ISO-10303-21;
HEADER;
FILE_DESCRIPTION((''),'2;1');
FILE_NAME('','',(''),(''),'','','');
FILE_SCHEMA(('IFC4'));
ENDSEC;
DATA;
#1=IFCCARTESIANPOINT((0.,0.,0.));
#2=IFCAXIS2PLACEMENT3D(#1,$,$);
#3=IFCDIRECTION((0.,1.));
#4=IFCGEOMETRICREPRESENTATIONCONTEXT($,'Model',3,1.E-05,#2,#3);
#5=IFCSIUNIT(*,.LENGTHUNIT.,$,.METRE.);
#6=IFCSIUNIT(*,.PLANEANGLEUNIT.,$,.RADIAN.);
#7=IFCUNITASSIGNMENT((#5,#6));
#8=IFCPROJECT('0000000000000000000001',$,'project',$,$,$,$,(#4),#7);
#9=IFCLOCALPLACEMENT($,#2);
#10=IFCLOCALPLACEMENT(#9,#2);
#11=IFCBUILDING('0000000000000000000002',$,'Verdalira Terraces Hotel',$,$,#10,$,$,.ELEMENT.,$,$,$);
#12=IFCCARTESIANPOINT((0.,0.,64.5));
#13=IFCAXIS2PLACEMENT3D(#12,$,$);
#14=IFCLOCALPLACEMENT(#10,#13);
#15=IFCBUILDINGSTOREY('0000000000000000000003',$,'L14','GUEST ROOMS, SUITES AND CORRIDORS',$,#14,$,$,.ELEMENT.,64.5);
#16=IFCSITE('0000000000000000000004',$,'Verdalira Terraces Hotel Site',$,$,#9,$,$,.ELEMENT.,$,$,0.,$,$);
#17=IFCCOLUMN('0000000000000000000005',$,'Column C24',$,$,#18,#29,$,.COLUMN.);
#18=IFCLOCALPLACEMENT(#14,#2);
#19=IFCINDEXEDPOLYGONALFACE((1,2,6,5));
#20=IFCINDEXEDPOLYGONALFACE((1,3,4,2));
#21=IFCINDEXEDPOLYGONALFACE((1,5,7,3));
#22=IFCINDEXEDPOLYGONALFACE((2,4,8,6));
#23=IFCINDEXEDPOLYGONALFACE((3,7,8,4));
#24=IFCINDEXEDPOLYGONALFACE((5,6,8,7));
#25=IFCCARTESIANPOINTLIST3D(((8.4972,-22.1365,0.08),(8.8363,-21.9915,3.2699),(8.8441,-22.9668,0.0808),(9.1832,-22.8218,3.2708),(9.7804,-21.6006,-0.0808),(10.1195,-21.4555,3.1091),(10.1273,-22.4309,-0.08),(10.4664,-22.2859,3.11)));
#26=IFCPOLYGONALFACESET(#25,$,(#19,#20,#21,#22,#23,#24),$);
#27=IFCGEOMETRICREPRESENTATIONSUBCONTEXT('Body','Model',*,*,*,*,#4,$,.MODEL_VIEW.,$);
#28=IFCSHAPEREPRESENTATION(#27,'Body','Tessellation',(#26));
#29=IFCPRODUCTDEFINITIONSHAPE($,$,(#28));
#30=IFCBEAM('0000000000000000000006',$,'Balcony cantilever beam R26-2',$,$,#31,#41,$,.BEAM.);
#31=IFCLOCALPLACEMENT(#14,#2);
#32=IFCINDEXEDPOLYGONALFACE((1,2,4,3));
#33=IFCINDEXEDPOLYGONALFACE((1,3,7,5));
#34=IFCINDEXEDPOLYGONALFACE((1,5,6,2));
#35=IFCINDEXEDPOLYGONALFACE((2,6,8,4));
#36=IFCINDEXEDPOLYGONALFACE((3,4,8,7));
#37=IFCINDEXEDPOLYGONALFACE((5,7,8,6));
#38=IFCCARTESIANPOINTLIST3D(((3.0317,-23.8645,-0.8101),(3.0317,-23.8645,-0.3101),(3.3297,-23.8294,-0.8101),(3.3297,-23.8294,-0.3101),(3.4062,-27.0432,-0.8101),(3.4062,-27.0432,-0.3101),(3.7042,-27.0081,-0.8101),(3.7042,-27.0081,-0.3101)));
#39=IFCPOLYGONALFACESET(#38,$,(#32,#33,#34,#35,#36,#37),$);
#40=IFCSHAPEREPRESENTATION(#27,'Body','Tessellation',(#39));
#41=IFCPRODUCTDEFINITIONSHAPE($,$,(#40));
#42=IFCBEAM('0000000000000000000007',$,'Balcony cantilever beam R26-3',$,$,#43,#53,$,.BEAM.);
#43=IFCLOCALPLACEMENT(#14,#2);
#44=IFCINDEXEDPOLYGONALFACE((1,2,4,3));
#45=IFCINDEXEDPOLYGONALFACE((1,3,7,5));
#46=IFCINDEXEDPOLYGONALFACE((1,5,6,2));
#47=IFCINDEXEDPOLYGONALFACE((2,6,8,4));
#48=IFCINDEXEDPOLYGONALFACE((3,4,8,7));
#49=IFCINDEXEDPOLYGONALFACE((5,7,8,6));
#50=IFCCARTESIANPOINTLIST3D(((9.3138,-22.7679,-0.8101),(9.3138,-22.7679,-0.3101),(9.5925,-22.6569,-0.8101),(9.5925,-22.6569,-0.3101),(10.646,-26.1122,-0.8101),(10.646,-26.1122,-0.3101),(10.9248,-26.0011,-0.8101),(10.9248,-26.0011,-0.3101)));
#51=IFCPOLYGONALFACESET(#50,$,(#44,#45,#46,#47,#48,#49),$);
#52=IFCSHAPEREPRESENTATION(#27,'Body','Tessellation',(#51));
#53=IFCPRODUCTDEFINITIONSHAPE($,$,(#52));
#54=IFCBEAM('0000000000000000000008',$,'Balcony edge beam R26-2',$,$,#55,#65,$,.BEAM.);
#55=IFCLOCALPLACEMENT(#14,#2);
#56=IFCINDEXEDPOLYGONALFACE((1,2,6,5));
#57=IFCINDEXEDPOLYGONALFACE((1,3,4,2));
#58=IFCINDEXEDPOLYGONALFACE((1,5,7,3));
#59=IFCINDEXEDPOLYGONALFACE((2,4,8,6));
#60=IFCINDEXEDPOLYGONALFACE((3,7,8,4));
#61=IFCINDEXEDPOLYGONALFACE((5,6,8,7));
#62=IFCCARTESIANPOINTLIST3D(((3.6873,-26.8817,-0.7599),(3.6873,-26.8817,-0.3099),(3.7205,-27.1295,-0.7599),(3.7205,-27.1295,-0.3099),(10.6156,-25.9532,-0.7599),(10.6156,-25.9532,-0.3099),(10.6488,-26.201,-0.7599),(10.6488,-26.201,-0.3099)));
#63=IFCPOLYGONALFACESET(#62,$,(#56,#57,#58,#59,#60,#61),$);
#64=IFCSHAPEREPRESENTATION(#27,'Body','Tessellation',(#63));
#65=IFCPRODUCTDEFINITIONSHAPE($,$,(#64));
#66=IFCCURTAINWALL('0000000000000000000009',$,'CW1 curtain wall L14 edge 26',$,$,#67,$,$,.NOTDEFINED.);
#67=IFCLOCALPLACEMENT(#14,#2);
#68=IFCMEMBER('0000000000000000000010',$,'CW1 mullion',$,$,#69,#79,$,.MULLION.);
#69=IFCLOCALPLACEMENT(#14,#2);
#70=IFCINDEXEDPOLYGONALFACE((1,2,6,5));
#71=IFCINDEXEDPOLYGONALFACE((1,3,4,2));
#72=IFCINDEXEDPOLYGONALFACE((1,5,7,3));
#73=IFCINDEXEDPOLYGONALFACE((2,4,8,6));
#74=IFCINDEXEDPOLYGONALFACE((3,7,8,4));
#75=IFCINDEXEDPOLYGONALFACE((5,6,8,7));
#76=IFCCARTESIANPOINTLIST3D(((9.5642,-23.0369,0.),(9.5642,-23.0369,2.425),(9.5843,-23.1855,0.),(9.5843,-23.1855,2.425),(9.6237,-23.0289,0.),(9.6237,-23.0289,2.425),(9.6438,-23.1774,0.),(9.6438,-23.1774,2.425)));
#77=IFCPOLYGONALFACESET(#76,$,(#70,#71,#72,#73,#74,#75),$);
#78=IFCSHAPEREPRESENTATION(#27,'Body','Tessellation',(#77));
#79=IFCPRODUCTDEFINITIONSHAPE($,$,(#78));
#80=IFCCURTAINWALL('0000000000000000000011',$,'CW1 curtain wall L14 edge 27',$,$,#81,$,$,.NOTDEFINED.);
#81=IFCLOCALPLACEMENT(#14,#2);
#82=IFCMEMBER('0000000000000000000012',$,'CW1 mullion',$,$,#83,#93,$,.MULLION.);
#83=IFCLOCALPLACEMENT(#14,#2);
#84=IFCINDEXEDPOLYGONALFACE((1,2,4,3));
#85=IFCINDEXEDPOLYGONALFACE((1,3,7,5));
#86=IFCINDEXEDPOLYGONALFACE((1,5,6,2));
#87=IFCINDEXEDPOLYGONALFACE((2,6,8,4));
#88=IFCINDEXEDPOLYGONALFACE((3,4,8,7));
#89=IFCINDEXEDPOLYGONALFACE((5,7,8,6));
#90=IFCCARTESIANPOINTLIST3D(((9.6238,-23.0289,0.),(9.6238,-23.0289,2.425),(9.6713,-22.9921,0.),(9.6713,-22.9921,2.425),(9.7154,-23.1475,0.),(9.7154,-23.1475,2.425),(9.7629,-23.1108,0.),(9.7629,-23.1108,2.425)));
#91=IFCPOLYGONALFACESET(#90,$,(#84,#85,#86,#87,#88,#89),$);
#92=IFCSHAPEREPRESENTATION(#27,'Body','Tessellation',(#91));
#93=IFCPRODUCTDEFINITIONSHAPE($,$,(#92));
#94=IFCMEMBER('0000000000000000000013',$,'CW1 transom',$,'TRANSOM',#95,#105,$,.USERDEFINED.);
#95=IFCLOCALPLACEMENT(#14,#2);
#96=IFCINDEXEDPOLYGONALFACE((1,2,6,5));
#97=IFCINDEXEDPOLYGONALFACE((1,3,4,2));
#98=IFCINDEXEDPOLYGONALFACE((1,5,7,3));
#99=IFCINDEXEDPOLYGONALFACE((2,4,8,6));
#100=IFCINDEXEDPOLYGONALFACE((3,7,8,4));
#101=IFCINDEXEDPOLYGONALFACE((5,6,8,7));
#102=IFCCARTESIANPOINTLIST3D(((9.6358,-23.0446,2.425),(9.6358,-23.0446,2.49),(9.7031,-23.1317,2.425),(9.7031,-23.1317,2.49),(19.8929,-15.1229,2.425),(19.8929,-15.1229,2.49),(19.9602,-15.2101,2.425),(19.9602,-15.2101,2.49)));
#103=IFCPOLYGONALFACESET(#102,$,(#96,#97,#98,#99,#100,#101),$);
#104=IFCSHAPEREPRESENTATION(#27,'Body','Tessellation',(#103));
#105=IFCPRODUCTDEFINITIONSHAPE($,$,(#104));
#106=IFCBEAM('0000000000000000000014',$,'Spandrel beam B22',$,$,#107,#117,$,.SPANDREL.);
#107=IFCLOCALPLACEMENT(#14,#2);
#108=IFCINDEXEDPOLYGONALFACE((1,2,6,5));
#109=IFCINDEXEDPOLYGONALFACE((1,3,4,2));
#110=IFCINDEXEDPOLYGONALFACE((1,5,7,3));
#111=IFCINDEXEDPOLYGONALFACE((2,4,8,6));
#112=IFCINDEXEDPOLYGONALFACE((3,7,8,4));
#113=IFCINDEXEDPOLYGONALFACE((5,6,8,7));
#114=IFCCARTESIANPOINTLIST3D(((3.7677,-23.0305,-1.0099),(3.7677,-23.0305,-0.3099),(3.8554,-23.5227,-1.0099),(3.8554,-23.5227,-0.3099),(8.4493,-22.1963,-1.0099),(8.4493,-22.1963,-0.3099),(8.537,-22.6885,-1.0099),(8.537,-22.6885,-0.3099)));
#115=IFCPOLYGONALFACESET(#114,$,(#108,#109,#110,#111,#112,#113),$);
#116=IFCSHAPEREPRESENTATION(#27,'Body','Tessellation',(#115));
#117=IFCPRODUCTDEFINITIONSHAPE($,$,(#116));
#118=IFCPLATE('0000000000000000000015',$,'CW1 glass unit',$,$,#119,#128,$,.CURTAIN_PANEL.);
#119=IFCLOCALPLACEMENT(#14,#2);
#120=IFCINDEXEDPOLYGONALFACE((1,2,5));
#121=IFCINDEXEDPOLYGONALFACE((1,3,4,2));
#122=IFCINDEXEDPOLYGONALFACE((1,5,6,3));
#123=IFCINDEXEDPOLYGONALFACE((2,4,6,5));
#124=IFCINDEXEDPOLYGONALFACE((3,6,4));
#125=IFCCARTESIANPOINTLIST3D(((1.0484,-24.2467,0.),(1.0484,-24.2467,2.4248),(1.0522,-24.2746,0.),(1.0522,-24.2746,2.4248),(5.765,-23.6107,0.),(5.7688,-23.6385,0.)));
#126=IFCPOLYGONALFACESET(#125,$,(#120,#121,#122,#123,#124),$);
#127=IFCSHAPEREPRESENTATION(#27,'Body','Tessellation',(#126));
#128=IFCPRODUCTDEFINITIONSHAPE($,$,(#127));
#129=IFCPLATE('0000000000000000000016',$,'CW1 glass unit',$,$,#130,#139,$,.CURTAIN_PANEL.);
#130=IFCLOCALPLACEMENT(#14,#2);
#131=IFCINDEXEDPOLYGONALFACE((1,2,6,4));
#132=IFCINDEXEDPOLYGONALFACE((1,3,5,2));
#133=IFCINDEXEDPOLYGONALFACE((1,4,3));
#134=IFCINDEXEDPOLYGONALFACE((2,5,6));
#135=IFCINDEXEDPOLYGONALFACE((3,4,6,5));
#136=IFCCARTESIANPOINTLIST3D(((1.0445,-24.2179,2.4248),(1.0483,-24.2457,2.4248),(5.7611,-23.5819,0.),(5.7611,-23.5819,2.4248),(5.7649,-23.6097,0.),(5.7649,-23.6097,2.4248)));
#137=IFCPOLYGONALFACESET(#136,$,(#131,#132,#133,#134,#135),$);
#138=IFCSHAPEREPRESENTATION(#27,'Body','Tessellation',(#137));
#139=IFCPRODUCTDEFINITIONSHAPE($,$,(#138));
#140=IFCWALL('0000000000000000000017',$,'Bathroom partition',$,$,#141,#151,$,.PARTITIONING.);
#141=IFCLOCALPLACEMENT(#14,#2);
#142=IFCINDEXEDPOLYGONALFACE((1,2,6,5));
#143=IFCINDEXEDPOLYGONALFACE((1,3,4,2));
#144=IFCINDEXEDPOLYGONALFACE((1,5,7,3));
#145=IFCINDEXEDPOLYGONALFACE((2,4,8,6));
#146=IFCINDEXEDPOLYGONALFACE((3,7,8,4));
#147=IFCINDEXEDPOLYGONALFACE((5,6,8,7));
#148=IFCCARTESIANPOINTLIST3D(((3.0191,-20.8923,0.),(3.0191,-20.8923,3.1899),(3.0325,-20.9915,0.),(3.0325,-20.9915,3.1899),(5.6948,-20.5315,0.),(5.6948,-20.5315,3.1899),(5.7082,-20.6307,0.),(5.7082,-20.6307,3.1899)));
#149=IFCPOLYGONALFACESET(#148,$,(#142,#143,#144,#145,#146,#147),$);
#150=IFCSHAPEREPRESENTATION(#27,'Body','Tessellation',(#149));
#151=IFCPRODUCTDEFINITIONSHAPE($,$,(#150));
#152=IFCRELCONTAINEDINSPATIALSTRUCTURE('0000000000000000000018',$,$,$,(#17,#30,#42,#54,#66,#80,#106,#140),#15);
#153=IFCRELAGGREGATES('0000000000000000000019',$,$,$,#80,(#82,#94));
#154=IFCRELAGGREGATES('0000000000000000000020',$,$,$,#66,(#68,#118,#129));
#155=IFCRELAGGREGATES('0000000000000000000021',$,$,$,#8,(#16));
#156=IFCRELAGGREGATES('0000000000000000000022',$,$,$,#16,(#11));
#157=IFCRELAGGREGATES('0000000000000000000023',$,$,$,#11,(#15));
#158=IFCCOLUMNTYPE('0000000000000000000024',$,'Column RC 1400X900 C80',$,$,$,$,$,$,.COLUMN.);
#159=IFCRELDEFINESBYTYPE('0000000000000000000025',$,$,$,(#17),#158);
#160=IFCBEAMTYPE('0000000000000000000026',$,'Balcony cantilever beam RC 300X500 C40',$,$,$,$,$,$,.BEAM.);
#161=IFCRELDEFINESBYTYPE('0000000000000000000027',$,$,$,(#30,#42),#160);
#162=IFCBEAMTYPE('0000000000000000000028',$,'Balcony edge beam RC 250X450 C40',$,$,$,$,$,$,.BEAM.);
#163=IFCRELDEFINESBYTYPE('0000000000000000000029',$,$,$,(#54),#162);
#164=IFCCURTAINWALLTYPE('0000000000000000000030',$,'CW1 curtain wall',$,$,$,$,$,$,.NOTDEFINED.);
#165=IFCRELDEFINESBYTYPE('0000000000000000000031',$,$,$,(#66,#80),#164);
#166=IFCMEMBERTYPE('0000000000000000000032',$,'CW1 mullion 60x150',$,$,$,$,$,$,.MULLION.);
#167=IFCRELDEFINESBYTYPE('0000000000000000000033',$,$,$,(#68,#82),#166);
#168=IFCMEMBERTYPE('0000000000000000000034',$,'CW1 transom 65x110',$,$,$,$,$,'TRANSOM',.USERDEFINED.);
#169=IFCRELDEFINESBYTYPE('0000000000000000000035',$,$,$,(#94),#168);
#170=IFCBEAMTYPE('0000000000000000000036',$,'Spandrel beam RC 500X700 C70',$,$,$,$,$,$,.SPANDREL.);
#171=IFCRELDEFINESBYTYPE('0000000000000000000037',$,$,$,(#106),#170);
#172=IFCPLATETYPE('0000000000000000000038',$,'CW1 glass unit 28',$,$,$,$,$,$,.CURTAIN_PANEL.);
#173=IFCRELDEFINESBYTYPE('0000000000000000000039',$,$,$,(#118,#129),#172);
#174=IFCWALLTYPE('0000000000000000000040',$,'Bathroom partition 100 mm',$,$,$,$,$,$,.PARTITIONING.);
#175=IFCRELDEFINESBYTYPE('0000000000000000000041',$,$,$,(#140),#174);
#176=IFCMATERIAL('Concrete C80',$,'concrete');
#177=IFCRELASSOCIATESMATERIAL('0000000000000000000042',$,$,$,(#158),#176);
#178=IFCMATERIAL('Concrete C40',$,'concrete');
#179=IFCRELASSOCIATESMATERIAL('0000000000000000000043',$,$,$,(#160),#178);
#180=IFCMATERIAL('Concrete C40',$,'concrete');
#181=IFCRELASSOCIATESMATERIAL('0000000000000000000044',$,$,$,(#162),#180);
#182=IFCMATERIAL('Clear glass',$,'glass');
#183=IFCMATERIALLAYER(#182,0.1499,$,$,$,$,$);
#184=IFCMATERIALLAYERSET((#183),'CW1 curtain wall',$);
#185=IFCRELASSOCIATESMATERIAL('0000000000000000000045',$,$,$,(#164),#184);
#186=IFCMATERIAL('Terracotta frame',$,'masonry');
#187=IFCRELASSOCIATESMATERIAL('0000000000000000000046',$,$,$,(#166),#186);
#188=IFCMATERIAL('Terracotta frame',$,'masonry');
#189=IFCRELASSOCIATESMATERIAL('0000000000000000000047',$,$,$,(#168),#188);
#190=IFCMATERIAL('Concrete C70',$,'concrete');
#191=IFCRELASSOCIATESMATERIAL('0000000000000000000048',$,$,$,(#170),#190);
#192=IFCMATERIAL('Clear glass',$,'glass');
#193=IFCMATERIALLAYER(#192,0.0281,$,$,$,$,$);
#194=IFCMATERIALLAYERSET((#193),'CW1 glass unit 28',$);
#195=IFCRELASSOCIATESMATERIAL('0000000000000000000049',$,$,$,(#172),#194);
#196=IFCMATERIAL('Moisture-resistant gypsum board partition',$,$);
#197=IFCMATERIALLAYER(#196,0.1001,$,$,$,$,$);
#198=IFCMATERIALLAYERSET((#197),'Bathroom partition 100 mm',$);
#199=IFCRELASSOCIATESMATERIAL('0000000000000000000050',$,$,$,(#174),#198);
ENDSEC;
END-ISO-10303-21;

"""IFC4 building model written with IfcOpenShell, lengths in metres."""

from ifc_helpers import new_model, si_unit, direction, frame, frame_2d, origin, origin_2d, place, context, subcontext, project, spatial, polyline, rectangle, outline, extrude, material, layer, layer_set, material_profile, profile_set, type_object, element, aggregate, save


model = new_model("IFC4")

# Units and contexts
model_context = context("Model", 3, precision=1e-05, world=origin(), true_north=direction((0.0, 1.0)))
body_context = subcontext(model_context, "Body", "Model", "MODEL_VIEW")
ifc_project = project(units=[si_unit("LENGTHUNIT", "METRE"), si_unit("PLANEANGLEUNIT", "RADIAN")], contexts=[model_context])

# Site, building, storey
site_placement = place(None, origin())
site = spatial("IfcSite", under=ifc_project, at=site_placement, Name="Verdalira Terraces Hotel Site", CompositionType="ELEMENT", RefElevation=0.0)
building_placement = place(site_placement, origin())
building = spatial("IfcBuilding", under=site, at=building_placement, Name="Verdalira Terraces Hotel", CompositionType="ELEMENT")
storey_placement = place(building_placement, frame((0.0, 0.0, 64.5)))
storey = spatial("IfcBuildingStorey", under=building, at=storey_placement, Name="L14", Description="GUEST ROOMS, SUITES AND CORRIDORS", CompositionType="ELEMENT", Elevation=64.5)

# Column
ifc_material_1 = material(Name="Concrete C80", Category="concrete")
ifc_material_profile_1 = material_profile(ifc_material_1, rectangle(XDim=1.3999, YDim=0.8999, at=origin_2d()), Name="RC 1400X900")
ifc_profile_set_1 = profile_set([ifc_material_profile_1], Name="Concrete C80")
column_type = type_object("IfcColumnType", Name="Column RC 1400X900 C80", PredefinedType="COLUMN", material=ifc_profile_set_1)
column_placement = place(storey_placement, frame((9.3123, -22.2837, 0.0), z_axis=(0.105603, 0.045161, 0.993382), x_axis=(-0.916652, -0.38283, 0.11485)))
element("IfcColumn", 1, at=column_placement, inside=storey, type_object=column_type, Name="Column C24", PredefinedType="COLUMN", context=body_context, shape_type="SweptSolid", body=[
    extrude(rectangle(XDim=1.3999, YDim=0.8999, at=origin_2d()), origin(), (0.0, 0.0, 1.0), 3.2112),
])

# Beams
ifc_material_2 = material(Name="Concrete C40", Category="concrete")
ifc_material_profile_2 = material_profile(ifc_material_2, rectangle(XDim=0.3, YDim=0.5, at=origin_2d()), Name="RC 300X500")
ifc_profile_set_2 = profile_set([ifc_material_profile_2], Name="Concrete C40")
beam_type_1 = type_object("IfcBeamType", Name="Balcony cantilever beam RC 300X500 C40", PredefinedType="BEAM", material=ifc_profile_set_2)
beam_1_placement = place(storey_placement, frame((3.1807, -23.8469, -0.5601), z_axis=(0.117009, -0.993131, 0.0), x_axis=(0.993131, 0.117009, 0.0)))
element("IfcBeam", 2, at=beam_1_placement, inside=storey, type_object=beam_type_1, Name="Balcony cantilever beam R26-2", PredefinedType="BEAM", context=body_context, shape_type="SweptSolid", body=[
    extrude(rectangle(XDim=0.3, YDim=0.5, at=origin_2d()), origin(), (0.0, 0.0, 1.0), 3.2007),
])
beam_2_placement = place(storey_placement, frame((9.4531, -22.7124, -0.5601), z_axis=(0.370092, -0.928995, 0.0), x_axis=(0.928995, 0.370092, 0.0)))
element("IfcBeam", 3, at=beam_2_placement, inside=storey, type_object=beam_type_1, Name="Balcony cantilever beam R26-3", PredefinedType="BEAM", context=body_context, shape_type="SweptSolid", body=[
    extrude(rectangle(XDim=0.3, YDim=0.5, at=origin_2d()), origin(), (0.0, 0.0, 1.0), 3.5999),
])
ifc_material_3 = material(Name="Concrete C40", Category="concrete")
ifc_material_profile_3 = material_profile(ifc_material_3, rectangle(XDim=0.25, YDim=0.45, at=origin_2d()), Name="RC 250X450")
ifc_profile_set_3 = profile_set([ifc_material_profile_3], Name="Concrete C40")
beam_type_2 = type_object("IfcBeamType", Name="Balcony edge beam RC 250X450 C40", PredefinedType="BEAM", material=ifc_profile_set_3)
beam_3_placement = place(storey_placement, frame((3.7039, -27.0056, -0.5349), z_axis=(0.99114, 0.132825, 0.0), x_axis=(-0.132825, 0.99114, 0.0)))
element("IfcBeam", 4, at=beam_3_placement, inside=storey, type_object=beam_type_2, Name="Balcony edge beam R26-2", PredefinedType="BEAM", context=body_context, shape_type="SweptSolid", body=[
    extrude(rectangle(XDim=0.25, YDim=0.45, at=origin_2d()), origin(), (0.0, 0.0, 1.0), 6.9902),
])

# Curtain wall, member
ifc_material_4 = material(Name="Clear glass", Category="glass")
ifc_layer_1 = layer(ifc_material_4, 0.1499)
ifc_layer_set_1 = layer_set([ifc_layer_1], Name="CW1 curtain wall")
curtain_wall_type = type_object("IfcCurtainWallType", Name="CW1 curtain wall", PredefinedType="NOTDEFINED", material=ifc_layer_set_1)
curtain_wall_1_placement = place(storey_placement, origin())
curtain_wall_1 = element("IfcCurtainWall", 5, at=curtain_wall_1_placement, inside=storey, type_object=curtain_wall_type, Name="CW1 curtain wall L14 edge 26", PredefinedType="NOTDEFINED")
ifc_material_5 = material(Name="Terracotta frame", Category="masonry")
ifc_material_profile_4 = material_profile(ifc_material_5, rectangle(XDim=0.0601, YDim=0.1499, at=origin_2d()), Name="MU 60x150")
ifc_profile_set_4 = profile_set([ifc_material_profile_4], Name="Terracotta frame")
member_type_1 = type_object("IfcMemberType", Name="CW1 mullion 60x150", PredefinedType="MULLION", material=ifc_profile_set_4)
member_1_placement = place(storey_placement, frame((9.604, -23.1072, 0.0), z_axis=(0.0, 0.0, 1.0), x_axis=(0.99103, 0.13364, 0.0)))
member_1 = element("IfcMember", 6, at=member_1_placement, type_object=member_type_1, Name="CW1 mullion", PredefinedType="MULLION", context=body_context, shape_type="SweptSolid", body=[
    extrude(rectangle(XDim=0.0601, YDim=0.1499, at=origin_2d()), origin(), (0.0, 0.0, 1.0), 2.425),
])

# Curtain wall, members
curtain_wall_2_placement = place(storey_placement, origin())
curtain_wall_2 = element("IfcCurtainWall", 7, at=curtain_wall_2_placement, inside=storey, type_object=curtain_wall_type, Name="CW1 curtain wall L14 edge 27", PredefinedType="NOTDEFINED")
member_2_placement = place(storey_placement, frame((9.6934, -23.0698, 0.0), z_axis=(0.0, 0.0, 1.0), x_axis=(0.791437, 0.611251, 0.0)))
member_2 = element("IfcMember", 8, at=member_2_placement, type_object=member_type_1, Name="CW1 mullion", PredefinedType="MULLION", context=body_context, shape_type="SweptSolid", body=[
    extrude(rectangle(XDim=0.0601, YDim=0.1499, at=origin_2d()), origin(), (0.0, 0.0, 1.0), 2.425),
])
ifc_material_6 = material(Name="Terracotta frame", Category="masonry")
ifc_material_profile_5 = material_profile(ifc_material_6, rectangle(XDim=0.1101, YDim=0.0649, at=origin_2d()), Name="TR 65x110")
ifc_profile_set_5 = profile_set([ifc_material_profile_5], Name="Terracotta frame")
member_type_2 = type_object("IfcMemberType", Name="CW1 transom 65x110", ElementType="TRANSOM", PredefinedType="USERDEFINED", material=ifc_profile_set_5)
member_3_placement = place(storey_placement, frame((9.6694, -23.0881, 2.4575), z_axis=(0.791445, 0.61124, 0.0), x_axis=(-0.61124, 0.791445, 0.0)))
member_3 = element("IfcMember", 9, at=member_3_placement, type_object=member_type_2, Name="CW1 transom", ObjectType="TRANSOM", PredefinedType="USERDEFINED", context=body_context, shape_type="SweptSolid", body=[
    extrude(rectangle(XDim=0.1101, YDim=0.0649, at=origin_2d()), origin(), (0.0, 0.0, 1.0), 12.96),
])
aggregate(curtain_wall_2, [member_2, member_3])

# Beam
ifc_material_7 = material(Name="Concrete C70", Category="concrete")
ifc_material_profile_6 = material_profile(ifc_material_7, rectangle(XDim=0.5, YDim=0.7, at=origin_2d()), Name="RC 500X700")
ifc_profile_set_6 = profile_set([ifc_material_profile_6], Name="Concrete C70")
beam_type_3 = type_object("IfcBeamType", Name="Spandrel beam RC 500X700 C70", PredefinedType="SPANDREL", material=ifc_profile_set_6)
beam_4_placement = place(storey_placement, frame((3.8115, -23.2766, -0.6599), z_axis=(0.984492, 0.175428, 0.0), x_axis=(-0.175428, 0.984492, 0.0)))
element("IfcBeam", 10, at=beam_4_placement, inside=storey, type_object=beam_type_3, Name="Spandrel beam B22", PredefinedType="SPANDREL", context=body_context, shape_type="SweptSolid", body=[
    extrude(rectangle(XDim=0.5, YDim=0.7, at=origin_2d()), origin(), (0.0, 0.0, 1.0), 4.7554),
])

# Plates
ifc_material_8 = material(Name="Clear glass", Category="glass")
ifc_layer_2 = layer(ifc_material_8, 0.0281)
ifc_layer_set_2 = layer_set([ifc_layer_2], Name="CW1 glass unit 28")
plate_type = type_object("IfcPlateType", Name="CW1 glass unit 28", PredefinedType="CURTAIN_PANEL", material=ifc_layer_set_2)
plate_1_placement = place(storey_placement, frame((3.4067, -23.9287, 1.2124), z_axis=(0.13364, -0.99103, 0.0), x_axis=(0.99103, 0.13364, 0.0)))
plate_1 = element("IfcPlate", 11, at=plate_1_placement, type_object=plate_type, Name="CW1 glass unit", PredefinedType="CURTAIN_PANEL", context=body_context, shape_type="SweptSolid", body=[
    extrude(outline(polyline([(-2.3796, -1.2124), (2.3796, -1.2124), (-2.3796, 1.2124), (-2.3796, -1.2124)])), origin(), (0.0, 0.0, 1.0), 0.0281),
])
plate_2_placement = place(storey_placement, frame((3.4028, -23.8999, 1.2124), z_axis=(0.13364, -0.99103, 0.0), x_axis=(0.99103, 0.13364, 0.0)))
plate_2 = element("IfcPlate", 12, at=plate_2_placement, type_object=plate_type, Name="CW1 glass unit", PredefinedType="CURTAIN_PANEL", context=body_context, shape_type="SweptSolid", body=[
    extrude(outline(polyline([(2.3796, -1.2124), (2.3796, 1.2124), (-2.3796, 1.2124), (2.3796, -1.2124)])), origin(), (0.0, 0.0, 1.0), 0.0281),
])
aggregate(curtain_wall_1, [member_1, plate_1, plate_2])

# Wall
ifc_material_9 = material(Name="Moisture-resistant gypsum board partition")
ifc_layer_3 = layer(ifc_material_9, 0.1001)
ifc_layer_set_3 = layer_set([ifc_layer_3], Name="Bathroom partition 100 mm")
wall_type_1 = type_object("IfcWallType", Name="Bathroom partition 100 mm", PredefinedType="PARTITIONING", material=ifc_layer_set_3)
wall_1_placement = place(storey_placement, frame((5.7017, -20.5811, 0.0), z_axis=(0.0, 0.0, 1.0), x_axis=(-0.991029, -0.133644, 0.0)))
element("IfcWall", 13, at=wall_1_placement, inside=storey, type_object=wall_type_1, Name="Bathroom partition", PredefinedType="PARTITIONING", context=body_context, shape_type="SweptSolid", body=[
    extrude(rectangle(XDim=2.7, YDim=0.1001, at=frame_2d((1.3501, 0.0))), origin(), (0.0, 0.0, 1.0), 3.1899),
])

save(model, "model.ifc")
